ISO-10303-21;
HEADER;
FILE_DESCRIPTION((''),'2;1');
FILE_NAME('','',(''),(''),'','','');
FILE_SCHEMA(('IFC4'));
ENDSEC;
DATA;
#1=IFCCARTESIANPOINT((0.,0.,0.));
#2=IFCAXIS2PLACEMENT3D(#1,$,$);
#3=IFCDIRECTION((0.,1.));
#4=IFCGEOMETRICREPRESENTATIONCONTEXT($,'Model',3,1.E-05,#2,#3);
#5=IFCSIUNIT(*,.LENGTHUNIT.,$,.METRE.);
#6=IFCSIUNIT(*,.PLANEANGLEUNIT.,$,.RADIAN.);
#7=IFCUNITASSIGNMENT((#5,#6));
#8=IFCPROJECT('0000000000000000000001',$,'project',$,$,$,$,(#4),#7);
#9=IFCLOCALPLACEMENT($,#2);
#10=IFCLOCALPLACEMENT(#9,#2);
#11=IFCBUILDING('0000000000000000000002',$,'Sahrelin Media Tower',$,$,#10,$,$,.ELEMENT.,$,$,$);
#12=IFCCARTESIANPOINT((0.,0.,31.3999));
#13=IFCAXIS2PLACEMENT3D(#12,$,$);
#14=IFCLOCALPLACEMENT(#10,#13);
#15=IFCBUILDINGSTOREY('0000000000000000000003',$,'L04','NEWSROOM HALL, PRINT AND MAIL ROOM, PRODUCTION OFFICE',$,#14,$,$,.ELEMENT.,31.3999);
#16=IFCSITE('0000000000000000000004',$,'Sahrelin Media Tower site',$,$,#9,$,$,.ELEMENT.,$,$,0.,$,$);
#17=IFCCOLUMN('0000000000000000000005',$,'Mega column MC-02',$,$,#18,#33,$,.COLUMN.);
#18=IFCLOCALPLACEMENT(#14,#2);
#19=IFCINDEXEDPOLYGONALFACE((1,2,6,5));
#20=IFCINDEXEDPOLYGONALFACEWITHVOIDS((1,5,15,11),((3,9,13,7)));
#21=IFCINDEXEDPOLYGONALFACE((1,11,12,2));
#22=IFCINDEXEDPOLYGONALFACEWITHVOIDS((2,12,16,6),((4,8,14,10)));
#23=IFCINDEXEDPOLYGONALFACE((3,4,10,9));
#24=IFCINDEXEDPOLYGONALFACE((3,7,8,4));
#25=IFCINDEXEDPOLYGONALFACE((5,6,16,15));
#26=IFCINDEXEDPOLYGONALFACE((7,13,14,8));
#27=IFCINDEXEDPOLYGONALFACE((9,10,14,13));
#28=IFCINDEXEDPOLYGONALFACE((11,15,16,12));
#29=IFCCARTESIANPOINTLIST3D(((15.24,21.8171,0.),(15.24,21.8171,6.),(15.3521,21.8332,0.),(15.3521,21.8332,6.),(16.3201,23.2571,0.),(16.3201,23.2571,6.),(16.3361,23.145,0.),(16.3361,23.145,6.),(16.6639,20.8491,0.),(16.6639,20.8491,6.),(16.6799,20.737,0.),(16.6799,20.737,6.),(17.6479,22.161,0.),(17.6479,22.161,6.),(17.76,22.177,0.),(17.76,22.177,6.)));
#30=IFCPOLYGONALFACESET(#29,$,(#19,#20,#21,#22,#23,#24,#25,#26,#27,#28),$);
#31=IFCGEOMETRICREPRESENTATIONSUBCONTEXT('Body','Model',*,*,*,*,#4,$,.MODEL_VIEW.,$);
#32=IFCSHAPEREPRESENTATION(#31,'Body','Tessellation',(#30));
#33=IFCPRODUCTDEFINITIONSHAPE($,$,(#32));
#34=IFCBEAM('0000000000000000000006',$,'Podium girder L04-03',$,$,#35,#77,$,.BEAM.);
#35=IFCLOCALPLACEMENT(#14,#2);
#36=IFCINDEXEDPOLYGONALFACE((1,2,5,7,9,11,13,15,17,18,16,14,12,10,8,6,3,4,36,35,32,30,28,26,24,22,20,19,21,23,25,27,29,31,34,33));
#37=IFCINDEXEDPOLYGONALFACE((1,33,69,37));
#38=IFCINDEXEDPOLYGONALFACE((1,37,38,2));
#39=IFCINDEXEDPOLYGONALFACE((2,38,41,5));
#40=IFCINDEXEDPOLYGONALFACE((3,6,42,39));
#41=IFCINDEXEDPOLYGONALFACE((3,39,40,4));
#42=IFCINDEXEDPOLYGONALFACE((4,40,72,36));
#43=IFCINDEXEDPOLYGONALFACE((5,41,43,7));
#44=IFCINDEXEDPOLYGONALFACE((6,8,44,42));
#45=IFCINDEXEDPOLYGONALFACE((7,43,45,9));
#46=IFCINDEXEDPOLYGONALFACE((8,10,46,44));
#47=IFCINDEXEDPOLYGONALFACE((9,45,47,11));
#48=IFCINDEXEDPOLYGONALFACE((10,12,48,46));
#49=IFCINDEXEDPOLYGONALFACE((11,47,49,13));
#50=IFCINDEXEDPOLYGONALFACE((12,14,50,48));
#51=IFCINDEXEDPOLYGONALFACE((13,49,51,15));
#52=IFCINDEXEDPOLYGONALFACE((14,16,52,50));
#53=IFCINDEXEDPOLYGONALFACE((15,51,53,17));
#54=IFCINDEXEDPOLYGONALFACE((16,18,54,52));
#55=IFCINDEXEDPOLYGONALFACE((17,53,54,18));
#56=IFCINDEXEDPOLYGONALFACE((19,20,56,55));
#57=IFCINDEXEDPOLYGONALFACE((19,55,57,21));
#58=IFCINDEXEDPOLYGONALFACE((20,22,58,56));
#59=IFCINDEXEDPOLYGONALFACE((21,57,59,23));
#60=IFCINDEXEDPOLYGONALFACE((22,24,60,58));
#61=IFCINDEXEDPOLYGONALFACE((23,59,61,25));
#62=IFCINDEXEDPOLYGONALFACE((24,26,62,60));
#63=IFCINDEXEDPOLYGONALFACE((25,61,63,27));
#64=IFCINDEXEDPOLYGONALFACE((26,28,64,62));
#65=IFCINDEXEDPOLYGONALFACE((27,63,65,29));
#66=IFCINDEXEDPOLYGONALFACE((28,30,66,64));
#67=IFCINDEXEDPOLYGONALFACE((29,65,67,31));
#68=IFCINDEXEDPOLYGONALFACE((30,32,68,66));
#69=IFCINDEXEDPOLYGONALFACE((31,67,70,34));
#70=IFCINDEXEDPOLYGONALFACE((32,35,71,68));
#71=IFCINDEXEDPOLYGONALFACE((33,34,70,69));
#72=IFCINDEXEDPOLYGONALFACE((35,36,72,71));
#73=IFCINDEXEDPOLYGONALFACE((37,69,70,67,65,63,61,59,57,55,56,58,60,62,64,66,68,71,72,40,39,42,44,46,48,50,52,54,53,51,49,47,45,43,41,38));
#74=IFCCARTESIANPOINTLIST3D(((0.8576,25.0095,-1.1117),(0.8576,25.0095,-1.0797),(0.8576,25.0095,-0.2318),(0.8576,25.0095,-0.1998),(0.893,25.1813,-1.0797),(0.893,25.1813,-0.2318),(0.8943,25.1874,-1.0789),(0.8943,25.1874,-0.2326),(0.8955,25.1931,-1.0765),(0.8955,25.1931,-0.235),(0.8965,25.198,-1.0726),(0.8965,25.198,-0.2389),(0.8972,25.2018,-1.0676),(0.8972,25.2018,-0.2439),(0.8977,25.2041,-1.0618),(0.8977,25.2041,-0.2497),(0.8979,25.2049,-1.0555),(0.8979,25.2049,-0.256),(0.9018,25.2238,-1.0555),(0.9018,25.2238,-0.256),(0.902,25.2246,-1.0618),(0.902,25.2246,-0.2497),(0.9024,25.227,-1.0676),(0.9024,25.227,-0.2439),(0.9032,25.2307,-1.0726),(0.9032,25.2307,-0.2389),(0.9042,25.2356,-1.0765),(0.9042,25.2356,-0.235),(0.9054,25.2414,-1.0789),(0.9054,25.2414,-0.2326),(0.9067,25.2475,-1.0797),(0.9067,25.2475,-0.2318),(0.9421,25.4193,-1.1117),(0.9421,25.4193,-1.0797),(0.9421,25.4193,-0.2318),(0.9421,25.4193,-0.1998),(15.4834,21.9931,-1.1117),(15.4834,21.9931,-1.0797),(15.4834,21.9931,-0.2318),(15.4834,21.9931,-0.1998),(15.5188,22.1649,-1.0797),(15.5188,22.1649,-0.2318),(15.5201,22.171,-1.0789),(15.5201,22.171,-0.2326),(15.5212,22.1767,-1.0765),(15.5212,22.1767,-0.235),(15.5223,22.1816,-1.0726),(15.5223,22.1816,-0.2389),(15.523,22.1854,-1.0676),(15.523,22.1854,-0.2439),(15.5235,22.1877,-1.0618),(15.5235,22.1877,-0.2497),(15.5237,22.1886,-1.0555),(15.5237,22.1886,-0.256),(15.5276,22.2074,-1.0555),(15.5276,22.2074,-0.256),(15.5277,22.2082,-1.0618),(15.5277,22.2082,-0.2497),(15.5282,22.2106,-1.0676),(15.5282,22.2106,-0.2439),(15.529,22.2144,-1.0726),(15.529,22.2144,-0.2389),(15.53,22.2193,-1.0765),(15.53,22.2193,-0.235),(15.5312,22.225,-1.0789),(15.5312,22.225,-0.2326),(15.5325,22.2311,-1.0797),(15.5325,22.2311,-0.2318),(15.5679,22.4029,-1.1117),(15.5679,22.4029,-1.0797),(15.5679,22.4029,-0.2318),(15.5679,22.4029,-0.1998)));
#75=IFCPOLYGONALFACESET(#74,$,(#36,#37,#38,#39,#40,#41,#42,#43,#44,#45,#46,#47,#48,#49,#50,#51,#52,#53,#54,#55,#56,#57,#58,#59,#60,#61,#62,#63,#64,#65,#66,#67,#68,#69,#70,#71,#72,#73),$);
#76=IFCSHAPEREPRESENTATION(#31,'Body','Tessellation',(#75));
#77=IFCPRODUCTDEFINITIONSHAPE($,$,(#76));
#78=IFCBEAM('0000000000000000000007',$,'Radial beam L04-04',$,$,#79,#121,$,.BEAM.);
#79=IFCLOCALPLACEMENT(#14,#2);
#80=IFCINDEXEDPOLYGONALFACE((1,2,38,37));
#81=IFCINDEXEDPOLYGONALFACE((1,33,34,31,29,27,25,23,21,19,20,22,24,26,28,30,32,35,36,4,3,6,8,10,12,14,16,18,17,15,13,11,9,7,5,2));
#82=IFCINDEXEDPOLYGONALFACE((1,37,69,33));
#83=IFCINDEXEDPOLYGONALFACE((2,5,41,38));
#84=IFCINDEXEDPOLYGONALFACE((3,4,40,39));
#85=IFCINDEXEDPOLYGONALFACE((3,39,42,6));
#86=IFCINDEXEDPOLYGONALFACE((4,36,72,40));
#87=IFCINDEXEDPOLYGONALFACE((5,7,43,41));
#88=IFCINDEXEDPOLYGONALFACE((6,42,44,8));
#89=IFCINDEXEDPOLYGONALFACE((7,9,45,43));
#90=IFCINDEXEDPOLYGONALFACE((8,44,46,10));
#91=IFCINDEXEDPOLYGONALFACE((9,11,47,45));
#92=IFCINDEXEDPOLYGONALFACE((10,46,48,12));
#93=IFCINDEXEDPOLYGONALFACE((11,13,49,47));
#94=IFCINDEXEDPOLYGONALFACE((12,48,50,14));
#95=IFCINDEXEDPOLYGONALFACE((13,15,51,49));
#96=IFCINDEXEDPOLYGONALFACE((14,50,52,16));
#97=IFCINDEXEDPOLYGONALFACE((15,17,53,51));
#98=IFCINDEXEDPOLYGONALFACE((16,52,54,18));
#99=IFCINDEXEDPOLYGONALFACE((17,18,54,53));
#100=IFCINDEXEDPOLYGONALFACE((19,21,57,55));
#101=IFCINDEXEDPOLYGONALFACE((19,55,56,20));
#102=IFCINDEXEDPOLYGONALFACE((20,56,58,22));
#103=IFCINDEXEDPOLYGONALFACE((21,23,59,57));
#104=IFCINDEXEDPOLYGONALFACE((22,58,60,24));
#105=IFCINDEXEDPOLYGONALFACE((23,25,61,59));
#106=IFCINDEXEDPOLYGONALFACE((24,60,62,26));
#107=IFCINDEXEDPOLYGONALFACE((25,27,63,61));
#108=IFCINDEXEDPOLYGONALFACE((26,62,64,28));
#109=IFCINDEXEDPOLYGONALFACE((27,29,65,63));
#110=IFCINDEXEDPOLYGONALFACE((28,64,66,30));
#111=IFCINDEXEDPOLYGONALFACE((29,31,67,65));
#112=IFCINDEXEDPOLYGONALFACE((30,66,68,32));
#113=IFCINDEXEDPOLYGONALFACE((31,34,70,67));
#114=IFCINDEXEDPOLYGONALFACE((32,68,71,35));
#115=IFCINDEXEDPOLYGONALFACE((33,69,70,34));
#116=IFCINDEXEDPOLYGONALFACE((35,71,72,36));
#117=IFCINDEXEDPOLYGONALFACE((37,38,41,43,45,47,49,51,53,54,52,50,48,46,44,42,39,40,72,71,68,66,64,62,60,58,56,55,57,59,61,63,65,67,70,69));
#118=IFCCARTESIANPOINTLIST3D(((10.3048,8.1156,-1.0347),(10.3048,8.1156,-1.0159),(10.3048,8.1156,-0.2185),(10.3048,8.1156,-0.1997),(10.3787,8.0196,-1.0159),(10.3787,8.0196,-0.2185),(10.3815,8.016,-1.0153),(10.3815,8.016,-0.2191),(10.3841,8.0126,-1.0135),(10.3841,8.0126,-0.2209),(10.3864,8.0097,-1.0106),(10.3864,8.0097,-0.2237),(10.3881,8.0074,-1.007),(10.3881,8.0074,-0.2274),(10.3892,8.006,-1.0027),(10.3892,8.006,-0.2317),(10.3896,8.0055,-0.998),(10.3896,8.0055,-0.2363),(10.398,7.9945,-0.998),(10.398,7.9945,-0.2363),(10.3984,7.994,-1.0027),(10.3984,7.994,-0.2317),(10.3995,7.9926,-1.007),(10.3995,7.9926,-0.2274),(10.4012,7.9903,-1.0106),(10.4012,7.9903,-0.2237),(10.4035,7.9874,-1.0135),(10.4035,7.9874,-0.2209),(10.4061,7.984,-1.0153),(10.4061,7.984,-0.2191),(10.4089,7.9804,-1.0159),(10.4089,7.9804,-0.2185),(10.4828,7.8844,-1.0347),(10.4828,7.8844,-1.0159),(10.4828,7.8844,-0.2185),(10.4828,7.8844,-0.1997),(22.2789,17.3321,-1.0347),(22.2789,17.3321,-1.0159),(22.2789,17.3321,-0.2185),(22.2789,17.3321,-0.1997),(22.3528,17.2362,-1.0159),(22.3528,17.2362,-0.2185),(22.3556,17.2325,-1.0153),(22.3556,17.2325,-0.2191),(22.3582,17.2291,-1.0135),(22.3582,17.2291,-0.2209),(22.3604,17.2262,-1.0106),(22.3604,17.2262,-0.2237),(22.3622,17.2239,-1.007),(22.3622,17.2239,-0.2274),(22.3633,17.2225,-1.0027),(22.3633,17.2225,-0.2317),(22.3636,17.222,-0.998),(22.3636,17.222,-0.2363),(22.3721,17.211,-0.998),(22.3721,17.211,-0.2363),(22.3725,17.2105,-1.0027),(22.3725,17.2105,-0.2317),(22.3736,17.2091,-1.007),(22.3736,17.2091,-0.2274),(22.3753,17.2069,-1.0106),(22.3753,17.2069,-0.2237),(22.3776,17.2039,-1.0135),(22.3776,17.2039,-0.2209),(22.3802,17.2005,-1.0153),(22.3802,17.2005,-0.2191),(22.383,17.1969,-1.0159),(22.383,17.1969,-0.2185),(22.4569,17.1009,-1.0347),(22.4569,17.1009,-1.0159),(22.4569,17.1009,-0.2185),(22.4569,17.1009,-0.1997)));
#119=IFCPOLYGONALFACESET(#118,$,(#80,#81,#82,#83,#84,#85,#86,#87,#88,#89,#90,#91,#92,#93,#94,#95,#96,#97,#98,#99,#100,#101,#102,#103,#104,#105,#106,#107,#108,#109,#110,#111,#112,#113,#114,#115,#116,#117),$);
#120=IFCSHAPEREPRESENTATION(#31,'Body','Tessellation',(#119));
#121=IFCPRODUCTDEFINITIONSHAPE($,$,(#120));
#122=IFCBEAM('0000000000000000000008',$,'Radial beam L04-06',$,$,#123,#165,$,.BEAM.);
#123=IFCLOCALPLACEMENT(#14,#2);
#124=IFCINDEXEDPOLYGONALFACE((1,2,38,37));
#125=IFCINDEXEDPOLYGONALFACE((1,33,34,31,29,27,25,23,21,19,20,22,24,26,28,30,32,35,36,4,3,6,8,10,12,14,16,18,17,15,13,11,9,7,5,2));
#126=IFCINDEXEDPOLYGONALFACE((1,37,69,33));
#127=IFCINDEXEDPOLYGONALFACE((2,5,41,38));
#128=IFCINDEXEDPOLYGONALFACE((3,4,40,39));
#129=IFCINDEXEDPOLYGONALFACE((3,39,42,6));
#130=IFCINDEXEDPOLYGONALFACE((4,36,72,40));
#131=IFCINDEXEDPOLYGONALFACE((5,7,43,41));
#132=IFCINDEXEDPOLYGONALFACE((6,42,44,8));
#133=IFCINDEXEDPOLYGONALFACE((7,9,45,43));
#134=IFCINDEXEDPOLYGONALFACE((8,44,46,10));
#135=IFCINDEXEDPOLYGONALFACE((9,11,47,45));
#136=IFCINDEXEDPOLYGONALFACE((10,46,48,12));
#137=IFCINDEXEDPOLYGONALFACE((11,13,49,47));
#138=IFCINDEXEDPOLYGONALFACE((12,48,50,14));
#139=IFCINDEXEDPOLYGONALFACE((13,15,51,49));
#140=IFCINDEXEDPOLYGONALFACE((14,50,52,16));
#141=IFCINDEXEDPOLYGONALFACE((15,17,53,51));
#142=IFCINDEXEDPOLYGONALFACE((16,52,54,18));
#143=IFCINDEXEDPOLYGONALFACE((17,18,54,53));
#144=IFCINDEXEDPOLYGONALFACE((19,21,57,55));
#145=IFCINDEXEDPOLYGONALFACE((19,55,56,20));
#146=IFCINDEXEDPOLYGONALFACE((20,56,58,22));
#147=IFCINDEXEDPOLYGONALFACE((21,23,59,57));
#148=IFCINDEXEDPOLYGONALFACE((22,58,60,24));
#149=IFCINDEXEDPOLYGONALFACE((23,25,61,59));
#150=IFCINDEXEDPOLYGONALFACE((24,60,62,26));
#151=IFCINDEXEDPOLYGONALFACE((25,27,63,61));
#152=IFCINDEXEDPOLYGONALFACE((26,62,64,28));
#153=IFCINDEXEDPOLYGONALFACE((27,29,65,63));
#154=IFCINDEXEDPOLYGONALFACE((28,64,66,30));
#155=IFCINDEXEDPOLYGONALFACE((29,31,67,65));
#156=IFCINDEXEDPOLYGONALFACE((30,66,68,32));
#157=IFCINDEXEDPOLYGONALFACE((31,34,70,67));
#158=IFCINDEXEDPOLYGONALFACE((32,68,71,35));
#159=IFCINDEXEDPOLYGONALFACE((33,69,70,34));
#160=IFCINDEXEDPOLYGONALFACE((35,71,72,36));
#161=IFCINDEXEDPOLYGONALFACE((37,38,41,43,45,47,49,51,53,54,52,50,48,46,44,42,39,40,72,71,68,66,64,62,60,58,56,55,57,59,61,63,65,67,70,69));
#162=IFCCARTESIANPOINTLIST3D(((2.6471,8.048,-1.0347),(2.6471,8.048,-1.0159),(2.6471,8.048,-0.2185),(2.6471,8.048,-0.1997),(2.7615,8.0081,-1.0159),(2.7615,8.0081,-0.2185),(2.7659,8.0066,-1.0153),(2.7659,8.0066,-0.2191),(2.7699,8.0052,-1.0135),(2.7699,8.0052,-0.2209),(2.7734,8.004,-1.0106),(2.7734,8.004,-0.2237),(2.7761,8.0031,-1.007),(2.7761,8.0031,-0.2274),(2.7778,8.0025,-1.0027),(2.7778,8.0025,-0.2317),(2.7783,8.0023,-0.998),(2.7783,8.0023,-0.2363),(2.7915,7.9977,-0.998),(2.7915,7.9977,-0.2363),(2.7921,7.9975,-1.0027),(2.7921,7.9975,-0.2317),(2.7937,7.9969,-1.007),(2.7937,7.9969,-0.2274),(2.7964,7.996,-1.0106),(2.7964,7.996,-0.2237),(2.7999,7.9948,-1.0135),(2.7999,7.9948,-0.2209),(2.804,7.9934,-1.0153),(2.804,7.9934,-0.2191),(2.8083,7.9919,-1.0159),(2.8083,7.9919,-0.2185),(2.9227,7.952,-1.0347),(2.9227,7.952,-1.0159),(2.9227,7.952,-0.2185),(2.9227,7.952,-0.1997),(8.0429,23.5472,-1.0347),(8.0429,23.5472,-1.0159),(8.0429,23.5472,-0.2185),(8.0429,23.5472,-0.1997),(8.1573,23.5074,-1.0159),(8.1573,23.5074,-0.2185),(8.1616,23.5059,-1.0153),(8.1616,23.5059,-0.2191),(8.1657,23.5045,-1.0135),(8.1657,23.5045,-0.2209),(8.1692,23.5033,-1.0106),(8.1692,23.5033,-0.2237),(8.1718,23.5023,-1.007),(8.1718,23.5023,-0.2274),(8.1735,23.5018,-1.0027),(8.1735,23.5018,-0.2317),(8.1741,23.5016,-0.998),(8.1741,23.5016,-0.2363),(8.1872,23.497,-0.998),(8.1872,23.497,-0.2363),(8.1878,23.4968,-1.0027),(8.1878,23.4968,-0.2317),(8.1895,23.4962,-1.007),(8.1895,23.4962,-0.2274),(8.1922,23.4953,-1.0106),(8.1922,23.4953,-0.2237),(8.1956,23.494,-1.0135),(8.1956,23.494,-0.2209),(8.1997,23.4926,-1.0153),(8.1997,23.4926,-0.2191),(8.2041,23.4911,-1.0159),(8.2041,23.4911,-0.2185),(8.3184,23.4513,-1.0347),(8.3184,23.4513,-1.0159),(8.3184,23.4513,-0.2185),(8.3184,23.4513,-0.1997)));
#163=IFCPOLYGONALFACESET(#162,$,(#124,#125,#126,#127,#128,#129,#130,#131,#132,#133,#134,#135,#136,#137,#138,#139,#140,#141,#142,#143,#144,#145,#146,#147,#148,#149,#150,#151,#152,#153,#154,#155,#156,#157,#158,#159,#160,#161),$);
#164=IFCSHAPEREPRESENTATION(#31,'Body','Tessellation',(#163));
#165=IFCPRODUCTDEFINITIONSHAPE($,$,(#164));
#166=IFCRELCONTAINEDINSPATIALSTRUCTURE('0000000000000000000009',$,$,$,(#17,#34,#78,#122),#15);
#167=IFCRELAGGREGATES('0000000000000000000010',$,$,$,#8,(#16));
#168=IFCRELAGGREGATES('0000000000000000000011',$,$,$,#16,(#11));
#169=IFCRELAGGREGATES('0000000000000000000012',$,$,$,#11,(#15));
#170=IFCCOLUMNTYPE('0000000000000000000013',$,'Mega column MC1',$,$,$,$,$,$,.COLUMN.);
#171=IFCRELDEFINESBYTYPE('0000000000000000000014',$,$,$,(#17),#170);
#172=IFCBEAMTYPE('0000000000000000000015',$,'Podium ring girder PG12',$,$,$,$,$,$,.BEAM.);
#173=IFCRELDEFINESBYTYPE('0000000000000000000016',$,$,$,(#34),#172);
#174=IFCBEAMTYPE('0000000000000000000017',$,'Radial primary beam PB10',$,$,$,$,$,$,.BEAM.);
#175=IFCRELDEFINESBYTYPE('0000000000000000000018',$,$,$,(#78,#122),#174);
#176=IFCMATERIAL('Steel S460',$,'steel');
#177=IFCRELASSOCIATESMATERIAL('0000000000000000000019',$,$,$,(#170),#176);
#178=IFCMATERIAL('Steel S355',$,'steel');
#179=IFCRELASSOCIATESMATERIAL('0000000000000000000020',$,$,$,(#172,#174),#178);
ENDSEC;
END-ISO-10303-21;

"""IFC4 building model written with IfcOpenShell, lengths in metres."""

from ifc_helpers import new_model, si_unit, direction, frame, origin, origin_2d, place, context, subcontext, project, spatial, hollow_rectangle, i_section, extrude, material, material_profile, profile_set, type_object, element, save


model = new_model("IFC4")

# Units and contexts
model_context = context("Model", 3, precision=1e-05, world=origin(), true_north=direction((0.0, 1.0)))
body_context = subcontext(model_context, "Body", "Model", "MODEL_VIEW")
ifc_project = project(units=[si_unit("LENGTHUNIT", "METRE"), si_unit("PLANEANGLEUNIT", "RADIAN")], contexts=[model_context])

# Site, building, storey
site_placement = place(None, origin())
site = spatial("IfcSite", under=ifc_project, at=site_placement, Name="Sahrelin Media Tower site", CompositionType="ELEMENT", RefElevation=0.0)
building_placement = place(site_placement, origin())
building = spatial("IfcBuilding", under=site, at=building_placement, Name="Sahrelin Media Tower", CompositionType="ELEMENT")
storey_placement = place(building_placement, frame((0.0, 0.0, 31.3999)))
storey = spatial("IfcBuildingStorey", under=building, at=storey_placement, Name="L04", Description="NEWSROOM HALL, PRINT AND MAIL ROOM, PRODUCTION OFFICE", CompositionType="ELEMENT", Elevation=31.3999)

# Column
ifc_material_1 = material(Name="Steel S460", Category="steel")
ifc_material_profile_1 = material_profile(ifc_material_1, hollow_rectangle(XDim=1.8, YDim=1.8, WallThickness=0.0801, at=origin_2d()), Name="Mega column MC1")
ifc_profile_set_1 = profile_set([ifc_material_profile_1], Name="Steel S460")
column_type = type_object("IfcColumnType", Name="Mega column MC1", PredefinedType="COLUMN", material=ifc_profile_set_1)
column_placement = place(storey_placement, frame((16.5, 21.9971, 0.0), z_axis=(0.0, 0.0, 1.0), x_axis=(0.600052, 0.799961, 0.0)))
element("IfcColumn", 1, at=column_placement, inside=storey, type_object=column_type, Name="Mega column MC-02", PredefinedType="COLUMN", context=body_context, shape_type="SweptSolid", body=[
    extrude(hollow_rectangle(XDim=1.8, YDim=1.8, WallThickness=0.0801, at=origin_2d()), origin(), (0.0, 0.0, 1.0), 6.0),
])

# Beams
ifc_material_2 = material(Name="Steel S355", Category="steel")
ifc_material_profile_2 = material_profile(ifc_material_2, i_section(OverallWidth=0.4185, OverallDepth=0.9119, WebThickness=0.0193, FlangeThickness=0.032, FilletRadius=0.0242, at=origin_2d()), Name="UB 914x419x343")
ifc_profile_set_2 = profile_set([ifc_material_profile_2], Name="Steel S355")
beam_type_1 = type_object("IfcBeamType", Name="Podium ring girder PG12", PredefinedType="BEAM", material=ifc_profile_set_2)
beam_1_placement = place(storey_placement, frame((15.5256, 22.198, -0.6558), z_axis=(-0.979389, 0.201985, 0.0), x_axis=(-0.201985, -0.979389, 0.0)))
element("IfcBeam", 2, at=beam_1_placement, inside=storey, type_object=beam_type_1, Name="Podium girder L04-03", PredefinedType="BEAM", context=body_context, shape_type="SweptSolid", body=[
    extrude(i_section(OverallWidth=0.4185, OverallDepth=0.9119, WebThickness=0.0193, FlangeThickness=0.032, FilletRadius=0.0242, at=origin_2d()), origin(), (0.0, 0.0, 1.0), 14.9336),
])
ifc_material_profile_3 = material_profile(ifc_material_2, i_section(OverallWidth=0.2917, OverallDepth=0.835, WebThickness=0.0139, FlangeThickness=0.0188, FilletRadius=0.0178, at=origin_2d()), Name="UB 838x292x176")
ifc_profile_set_3 = profile_set([ifc_material_profile_3], Name="Steel S355")
beam_type_2 = type_object("IfcBeamType", Name="Radial primary beam PB10", PredefinedType="BEAM", material=ifc_profile_set_3)
beam_2_placement = place(storey_placement, frame((10.3938, 8.0, -0.6172), z_axis=(0.792442, 0.609947, 0.0), x_axis=(-0.609947, 0.792442, 0.0)))
element("IfcBeam", 3, at=beam_2_placement, inside=storey, type_object=beam_type_2, Name="Radial beam L04-04", PredefinedType="BEAM", context=body_context, shape_type="SweptSolid", body=[
    extrude(i_section(OverallWidth=0.2917, OverallDepth=0.835, WebThickness=0.0139, FlangeThickness=0.0188, FilletRadius=0.0178, at=origin_2d()), origin(), (0.0, 0.0, 1.0), 15.1104),
])
beam_3_placement = place(storey_placement, frame((2.7849, 8.0, -0.6172), z_axis=(0.328776, 0.944408, 0.0), x_axis=(-0.944408, 0.328776, 0.0)))
element("IfcBeam", 4, at=beam_3_placement, inside=storey, type_object=beam_type_2, Name="Radial beam L04-06", PredefinedType="BEAM", context=body_context, shape_type="SweptSolid", body=[
    extrude(i_section(OverallWidth=0.2917, OverallDepth=0.835, WebThickness=0.0139, FlangeThickness=0.0188, FilletRadius=0.0178, at=origin_2d()), origin(), (0.0, 0.0, 1.0), 16.4116),
])

save(model, "model.ifc")
